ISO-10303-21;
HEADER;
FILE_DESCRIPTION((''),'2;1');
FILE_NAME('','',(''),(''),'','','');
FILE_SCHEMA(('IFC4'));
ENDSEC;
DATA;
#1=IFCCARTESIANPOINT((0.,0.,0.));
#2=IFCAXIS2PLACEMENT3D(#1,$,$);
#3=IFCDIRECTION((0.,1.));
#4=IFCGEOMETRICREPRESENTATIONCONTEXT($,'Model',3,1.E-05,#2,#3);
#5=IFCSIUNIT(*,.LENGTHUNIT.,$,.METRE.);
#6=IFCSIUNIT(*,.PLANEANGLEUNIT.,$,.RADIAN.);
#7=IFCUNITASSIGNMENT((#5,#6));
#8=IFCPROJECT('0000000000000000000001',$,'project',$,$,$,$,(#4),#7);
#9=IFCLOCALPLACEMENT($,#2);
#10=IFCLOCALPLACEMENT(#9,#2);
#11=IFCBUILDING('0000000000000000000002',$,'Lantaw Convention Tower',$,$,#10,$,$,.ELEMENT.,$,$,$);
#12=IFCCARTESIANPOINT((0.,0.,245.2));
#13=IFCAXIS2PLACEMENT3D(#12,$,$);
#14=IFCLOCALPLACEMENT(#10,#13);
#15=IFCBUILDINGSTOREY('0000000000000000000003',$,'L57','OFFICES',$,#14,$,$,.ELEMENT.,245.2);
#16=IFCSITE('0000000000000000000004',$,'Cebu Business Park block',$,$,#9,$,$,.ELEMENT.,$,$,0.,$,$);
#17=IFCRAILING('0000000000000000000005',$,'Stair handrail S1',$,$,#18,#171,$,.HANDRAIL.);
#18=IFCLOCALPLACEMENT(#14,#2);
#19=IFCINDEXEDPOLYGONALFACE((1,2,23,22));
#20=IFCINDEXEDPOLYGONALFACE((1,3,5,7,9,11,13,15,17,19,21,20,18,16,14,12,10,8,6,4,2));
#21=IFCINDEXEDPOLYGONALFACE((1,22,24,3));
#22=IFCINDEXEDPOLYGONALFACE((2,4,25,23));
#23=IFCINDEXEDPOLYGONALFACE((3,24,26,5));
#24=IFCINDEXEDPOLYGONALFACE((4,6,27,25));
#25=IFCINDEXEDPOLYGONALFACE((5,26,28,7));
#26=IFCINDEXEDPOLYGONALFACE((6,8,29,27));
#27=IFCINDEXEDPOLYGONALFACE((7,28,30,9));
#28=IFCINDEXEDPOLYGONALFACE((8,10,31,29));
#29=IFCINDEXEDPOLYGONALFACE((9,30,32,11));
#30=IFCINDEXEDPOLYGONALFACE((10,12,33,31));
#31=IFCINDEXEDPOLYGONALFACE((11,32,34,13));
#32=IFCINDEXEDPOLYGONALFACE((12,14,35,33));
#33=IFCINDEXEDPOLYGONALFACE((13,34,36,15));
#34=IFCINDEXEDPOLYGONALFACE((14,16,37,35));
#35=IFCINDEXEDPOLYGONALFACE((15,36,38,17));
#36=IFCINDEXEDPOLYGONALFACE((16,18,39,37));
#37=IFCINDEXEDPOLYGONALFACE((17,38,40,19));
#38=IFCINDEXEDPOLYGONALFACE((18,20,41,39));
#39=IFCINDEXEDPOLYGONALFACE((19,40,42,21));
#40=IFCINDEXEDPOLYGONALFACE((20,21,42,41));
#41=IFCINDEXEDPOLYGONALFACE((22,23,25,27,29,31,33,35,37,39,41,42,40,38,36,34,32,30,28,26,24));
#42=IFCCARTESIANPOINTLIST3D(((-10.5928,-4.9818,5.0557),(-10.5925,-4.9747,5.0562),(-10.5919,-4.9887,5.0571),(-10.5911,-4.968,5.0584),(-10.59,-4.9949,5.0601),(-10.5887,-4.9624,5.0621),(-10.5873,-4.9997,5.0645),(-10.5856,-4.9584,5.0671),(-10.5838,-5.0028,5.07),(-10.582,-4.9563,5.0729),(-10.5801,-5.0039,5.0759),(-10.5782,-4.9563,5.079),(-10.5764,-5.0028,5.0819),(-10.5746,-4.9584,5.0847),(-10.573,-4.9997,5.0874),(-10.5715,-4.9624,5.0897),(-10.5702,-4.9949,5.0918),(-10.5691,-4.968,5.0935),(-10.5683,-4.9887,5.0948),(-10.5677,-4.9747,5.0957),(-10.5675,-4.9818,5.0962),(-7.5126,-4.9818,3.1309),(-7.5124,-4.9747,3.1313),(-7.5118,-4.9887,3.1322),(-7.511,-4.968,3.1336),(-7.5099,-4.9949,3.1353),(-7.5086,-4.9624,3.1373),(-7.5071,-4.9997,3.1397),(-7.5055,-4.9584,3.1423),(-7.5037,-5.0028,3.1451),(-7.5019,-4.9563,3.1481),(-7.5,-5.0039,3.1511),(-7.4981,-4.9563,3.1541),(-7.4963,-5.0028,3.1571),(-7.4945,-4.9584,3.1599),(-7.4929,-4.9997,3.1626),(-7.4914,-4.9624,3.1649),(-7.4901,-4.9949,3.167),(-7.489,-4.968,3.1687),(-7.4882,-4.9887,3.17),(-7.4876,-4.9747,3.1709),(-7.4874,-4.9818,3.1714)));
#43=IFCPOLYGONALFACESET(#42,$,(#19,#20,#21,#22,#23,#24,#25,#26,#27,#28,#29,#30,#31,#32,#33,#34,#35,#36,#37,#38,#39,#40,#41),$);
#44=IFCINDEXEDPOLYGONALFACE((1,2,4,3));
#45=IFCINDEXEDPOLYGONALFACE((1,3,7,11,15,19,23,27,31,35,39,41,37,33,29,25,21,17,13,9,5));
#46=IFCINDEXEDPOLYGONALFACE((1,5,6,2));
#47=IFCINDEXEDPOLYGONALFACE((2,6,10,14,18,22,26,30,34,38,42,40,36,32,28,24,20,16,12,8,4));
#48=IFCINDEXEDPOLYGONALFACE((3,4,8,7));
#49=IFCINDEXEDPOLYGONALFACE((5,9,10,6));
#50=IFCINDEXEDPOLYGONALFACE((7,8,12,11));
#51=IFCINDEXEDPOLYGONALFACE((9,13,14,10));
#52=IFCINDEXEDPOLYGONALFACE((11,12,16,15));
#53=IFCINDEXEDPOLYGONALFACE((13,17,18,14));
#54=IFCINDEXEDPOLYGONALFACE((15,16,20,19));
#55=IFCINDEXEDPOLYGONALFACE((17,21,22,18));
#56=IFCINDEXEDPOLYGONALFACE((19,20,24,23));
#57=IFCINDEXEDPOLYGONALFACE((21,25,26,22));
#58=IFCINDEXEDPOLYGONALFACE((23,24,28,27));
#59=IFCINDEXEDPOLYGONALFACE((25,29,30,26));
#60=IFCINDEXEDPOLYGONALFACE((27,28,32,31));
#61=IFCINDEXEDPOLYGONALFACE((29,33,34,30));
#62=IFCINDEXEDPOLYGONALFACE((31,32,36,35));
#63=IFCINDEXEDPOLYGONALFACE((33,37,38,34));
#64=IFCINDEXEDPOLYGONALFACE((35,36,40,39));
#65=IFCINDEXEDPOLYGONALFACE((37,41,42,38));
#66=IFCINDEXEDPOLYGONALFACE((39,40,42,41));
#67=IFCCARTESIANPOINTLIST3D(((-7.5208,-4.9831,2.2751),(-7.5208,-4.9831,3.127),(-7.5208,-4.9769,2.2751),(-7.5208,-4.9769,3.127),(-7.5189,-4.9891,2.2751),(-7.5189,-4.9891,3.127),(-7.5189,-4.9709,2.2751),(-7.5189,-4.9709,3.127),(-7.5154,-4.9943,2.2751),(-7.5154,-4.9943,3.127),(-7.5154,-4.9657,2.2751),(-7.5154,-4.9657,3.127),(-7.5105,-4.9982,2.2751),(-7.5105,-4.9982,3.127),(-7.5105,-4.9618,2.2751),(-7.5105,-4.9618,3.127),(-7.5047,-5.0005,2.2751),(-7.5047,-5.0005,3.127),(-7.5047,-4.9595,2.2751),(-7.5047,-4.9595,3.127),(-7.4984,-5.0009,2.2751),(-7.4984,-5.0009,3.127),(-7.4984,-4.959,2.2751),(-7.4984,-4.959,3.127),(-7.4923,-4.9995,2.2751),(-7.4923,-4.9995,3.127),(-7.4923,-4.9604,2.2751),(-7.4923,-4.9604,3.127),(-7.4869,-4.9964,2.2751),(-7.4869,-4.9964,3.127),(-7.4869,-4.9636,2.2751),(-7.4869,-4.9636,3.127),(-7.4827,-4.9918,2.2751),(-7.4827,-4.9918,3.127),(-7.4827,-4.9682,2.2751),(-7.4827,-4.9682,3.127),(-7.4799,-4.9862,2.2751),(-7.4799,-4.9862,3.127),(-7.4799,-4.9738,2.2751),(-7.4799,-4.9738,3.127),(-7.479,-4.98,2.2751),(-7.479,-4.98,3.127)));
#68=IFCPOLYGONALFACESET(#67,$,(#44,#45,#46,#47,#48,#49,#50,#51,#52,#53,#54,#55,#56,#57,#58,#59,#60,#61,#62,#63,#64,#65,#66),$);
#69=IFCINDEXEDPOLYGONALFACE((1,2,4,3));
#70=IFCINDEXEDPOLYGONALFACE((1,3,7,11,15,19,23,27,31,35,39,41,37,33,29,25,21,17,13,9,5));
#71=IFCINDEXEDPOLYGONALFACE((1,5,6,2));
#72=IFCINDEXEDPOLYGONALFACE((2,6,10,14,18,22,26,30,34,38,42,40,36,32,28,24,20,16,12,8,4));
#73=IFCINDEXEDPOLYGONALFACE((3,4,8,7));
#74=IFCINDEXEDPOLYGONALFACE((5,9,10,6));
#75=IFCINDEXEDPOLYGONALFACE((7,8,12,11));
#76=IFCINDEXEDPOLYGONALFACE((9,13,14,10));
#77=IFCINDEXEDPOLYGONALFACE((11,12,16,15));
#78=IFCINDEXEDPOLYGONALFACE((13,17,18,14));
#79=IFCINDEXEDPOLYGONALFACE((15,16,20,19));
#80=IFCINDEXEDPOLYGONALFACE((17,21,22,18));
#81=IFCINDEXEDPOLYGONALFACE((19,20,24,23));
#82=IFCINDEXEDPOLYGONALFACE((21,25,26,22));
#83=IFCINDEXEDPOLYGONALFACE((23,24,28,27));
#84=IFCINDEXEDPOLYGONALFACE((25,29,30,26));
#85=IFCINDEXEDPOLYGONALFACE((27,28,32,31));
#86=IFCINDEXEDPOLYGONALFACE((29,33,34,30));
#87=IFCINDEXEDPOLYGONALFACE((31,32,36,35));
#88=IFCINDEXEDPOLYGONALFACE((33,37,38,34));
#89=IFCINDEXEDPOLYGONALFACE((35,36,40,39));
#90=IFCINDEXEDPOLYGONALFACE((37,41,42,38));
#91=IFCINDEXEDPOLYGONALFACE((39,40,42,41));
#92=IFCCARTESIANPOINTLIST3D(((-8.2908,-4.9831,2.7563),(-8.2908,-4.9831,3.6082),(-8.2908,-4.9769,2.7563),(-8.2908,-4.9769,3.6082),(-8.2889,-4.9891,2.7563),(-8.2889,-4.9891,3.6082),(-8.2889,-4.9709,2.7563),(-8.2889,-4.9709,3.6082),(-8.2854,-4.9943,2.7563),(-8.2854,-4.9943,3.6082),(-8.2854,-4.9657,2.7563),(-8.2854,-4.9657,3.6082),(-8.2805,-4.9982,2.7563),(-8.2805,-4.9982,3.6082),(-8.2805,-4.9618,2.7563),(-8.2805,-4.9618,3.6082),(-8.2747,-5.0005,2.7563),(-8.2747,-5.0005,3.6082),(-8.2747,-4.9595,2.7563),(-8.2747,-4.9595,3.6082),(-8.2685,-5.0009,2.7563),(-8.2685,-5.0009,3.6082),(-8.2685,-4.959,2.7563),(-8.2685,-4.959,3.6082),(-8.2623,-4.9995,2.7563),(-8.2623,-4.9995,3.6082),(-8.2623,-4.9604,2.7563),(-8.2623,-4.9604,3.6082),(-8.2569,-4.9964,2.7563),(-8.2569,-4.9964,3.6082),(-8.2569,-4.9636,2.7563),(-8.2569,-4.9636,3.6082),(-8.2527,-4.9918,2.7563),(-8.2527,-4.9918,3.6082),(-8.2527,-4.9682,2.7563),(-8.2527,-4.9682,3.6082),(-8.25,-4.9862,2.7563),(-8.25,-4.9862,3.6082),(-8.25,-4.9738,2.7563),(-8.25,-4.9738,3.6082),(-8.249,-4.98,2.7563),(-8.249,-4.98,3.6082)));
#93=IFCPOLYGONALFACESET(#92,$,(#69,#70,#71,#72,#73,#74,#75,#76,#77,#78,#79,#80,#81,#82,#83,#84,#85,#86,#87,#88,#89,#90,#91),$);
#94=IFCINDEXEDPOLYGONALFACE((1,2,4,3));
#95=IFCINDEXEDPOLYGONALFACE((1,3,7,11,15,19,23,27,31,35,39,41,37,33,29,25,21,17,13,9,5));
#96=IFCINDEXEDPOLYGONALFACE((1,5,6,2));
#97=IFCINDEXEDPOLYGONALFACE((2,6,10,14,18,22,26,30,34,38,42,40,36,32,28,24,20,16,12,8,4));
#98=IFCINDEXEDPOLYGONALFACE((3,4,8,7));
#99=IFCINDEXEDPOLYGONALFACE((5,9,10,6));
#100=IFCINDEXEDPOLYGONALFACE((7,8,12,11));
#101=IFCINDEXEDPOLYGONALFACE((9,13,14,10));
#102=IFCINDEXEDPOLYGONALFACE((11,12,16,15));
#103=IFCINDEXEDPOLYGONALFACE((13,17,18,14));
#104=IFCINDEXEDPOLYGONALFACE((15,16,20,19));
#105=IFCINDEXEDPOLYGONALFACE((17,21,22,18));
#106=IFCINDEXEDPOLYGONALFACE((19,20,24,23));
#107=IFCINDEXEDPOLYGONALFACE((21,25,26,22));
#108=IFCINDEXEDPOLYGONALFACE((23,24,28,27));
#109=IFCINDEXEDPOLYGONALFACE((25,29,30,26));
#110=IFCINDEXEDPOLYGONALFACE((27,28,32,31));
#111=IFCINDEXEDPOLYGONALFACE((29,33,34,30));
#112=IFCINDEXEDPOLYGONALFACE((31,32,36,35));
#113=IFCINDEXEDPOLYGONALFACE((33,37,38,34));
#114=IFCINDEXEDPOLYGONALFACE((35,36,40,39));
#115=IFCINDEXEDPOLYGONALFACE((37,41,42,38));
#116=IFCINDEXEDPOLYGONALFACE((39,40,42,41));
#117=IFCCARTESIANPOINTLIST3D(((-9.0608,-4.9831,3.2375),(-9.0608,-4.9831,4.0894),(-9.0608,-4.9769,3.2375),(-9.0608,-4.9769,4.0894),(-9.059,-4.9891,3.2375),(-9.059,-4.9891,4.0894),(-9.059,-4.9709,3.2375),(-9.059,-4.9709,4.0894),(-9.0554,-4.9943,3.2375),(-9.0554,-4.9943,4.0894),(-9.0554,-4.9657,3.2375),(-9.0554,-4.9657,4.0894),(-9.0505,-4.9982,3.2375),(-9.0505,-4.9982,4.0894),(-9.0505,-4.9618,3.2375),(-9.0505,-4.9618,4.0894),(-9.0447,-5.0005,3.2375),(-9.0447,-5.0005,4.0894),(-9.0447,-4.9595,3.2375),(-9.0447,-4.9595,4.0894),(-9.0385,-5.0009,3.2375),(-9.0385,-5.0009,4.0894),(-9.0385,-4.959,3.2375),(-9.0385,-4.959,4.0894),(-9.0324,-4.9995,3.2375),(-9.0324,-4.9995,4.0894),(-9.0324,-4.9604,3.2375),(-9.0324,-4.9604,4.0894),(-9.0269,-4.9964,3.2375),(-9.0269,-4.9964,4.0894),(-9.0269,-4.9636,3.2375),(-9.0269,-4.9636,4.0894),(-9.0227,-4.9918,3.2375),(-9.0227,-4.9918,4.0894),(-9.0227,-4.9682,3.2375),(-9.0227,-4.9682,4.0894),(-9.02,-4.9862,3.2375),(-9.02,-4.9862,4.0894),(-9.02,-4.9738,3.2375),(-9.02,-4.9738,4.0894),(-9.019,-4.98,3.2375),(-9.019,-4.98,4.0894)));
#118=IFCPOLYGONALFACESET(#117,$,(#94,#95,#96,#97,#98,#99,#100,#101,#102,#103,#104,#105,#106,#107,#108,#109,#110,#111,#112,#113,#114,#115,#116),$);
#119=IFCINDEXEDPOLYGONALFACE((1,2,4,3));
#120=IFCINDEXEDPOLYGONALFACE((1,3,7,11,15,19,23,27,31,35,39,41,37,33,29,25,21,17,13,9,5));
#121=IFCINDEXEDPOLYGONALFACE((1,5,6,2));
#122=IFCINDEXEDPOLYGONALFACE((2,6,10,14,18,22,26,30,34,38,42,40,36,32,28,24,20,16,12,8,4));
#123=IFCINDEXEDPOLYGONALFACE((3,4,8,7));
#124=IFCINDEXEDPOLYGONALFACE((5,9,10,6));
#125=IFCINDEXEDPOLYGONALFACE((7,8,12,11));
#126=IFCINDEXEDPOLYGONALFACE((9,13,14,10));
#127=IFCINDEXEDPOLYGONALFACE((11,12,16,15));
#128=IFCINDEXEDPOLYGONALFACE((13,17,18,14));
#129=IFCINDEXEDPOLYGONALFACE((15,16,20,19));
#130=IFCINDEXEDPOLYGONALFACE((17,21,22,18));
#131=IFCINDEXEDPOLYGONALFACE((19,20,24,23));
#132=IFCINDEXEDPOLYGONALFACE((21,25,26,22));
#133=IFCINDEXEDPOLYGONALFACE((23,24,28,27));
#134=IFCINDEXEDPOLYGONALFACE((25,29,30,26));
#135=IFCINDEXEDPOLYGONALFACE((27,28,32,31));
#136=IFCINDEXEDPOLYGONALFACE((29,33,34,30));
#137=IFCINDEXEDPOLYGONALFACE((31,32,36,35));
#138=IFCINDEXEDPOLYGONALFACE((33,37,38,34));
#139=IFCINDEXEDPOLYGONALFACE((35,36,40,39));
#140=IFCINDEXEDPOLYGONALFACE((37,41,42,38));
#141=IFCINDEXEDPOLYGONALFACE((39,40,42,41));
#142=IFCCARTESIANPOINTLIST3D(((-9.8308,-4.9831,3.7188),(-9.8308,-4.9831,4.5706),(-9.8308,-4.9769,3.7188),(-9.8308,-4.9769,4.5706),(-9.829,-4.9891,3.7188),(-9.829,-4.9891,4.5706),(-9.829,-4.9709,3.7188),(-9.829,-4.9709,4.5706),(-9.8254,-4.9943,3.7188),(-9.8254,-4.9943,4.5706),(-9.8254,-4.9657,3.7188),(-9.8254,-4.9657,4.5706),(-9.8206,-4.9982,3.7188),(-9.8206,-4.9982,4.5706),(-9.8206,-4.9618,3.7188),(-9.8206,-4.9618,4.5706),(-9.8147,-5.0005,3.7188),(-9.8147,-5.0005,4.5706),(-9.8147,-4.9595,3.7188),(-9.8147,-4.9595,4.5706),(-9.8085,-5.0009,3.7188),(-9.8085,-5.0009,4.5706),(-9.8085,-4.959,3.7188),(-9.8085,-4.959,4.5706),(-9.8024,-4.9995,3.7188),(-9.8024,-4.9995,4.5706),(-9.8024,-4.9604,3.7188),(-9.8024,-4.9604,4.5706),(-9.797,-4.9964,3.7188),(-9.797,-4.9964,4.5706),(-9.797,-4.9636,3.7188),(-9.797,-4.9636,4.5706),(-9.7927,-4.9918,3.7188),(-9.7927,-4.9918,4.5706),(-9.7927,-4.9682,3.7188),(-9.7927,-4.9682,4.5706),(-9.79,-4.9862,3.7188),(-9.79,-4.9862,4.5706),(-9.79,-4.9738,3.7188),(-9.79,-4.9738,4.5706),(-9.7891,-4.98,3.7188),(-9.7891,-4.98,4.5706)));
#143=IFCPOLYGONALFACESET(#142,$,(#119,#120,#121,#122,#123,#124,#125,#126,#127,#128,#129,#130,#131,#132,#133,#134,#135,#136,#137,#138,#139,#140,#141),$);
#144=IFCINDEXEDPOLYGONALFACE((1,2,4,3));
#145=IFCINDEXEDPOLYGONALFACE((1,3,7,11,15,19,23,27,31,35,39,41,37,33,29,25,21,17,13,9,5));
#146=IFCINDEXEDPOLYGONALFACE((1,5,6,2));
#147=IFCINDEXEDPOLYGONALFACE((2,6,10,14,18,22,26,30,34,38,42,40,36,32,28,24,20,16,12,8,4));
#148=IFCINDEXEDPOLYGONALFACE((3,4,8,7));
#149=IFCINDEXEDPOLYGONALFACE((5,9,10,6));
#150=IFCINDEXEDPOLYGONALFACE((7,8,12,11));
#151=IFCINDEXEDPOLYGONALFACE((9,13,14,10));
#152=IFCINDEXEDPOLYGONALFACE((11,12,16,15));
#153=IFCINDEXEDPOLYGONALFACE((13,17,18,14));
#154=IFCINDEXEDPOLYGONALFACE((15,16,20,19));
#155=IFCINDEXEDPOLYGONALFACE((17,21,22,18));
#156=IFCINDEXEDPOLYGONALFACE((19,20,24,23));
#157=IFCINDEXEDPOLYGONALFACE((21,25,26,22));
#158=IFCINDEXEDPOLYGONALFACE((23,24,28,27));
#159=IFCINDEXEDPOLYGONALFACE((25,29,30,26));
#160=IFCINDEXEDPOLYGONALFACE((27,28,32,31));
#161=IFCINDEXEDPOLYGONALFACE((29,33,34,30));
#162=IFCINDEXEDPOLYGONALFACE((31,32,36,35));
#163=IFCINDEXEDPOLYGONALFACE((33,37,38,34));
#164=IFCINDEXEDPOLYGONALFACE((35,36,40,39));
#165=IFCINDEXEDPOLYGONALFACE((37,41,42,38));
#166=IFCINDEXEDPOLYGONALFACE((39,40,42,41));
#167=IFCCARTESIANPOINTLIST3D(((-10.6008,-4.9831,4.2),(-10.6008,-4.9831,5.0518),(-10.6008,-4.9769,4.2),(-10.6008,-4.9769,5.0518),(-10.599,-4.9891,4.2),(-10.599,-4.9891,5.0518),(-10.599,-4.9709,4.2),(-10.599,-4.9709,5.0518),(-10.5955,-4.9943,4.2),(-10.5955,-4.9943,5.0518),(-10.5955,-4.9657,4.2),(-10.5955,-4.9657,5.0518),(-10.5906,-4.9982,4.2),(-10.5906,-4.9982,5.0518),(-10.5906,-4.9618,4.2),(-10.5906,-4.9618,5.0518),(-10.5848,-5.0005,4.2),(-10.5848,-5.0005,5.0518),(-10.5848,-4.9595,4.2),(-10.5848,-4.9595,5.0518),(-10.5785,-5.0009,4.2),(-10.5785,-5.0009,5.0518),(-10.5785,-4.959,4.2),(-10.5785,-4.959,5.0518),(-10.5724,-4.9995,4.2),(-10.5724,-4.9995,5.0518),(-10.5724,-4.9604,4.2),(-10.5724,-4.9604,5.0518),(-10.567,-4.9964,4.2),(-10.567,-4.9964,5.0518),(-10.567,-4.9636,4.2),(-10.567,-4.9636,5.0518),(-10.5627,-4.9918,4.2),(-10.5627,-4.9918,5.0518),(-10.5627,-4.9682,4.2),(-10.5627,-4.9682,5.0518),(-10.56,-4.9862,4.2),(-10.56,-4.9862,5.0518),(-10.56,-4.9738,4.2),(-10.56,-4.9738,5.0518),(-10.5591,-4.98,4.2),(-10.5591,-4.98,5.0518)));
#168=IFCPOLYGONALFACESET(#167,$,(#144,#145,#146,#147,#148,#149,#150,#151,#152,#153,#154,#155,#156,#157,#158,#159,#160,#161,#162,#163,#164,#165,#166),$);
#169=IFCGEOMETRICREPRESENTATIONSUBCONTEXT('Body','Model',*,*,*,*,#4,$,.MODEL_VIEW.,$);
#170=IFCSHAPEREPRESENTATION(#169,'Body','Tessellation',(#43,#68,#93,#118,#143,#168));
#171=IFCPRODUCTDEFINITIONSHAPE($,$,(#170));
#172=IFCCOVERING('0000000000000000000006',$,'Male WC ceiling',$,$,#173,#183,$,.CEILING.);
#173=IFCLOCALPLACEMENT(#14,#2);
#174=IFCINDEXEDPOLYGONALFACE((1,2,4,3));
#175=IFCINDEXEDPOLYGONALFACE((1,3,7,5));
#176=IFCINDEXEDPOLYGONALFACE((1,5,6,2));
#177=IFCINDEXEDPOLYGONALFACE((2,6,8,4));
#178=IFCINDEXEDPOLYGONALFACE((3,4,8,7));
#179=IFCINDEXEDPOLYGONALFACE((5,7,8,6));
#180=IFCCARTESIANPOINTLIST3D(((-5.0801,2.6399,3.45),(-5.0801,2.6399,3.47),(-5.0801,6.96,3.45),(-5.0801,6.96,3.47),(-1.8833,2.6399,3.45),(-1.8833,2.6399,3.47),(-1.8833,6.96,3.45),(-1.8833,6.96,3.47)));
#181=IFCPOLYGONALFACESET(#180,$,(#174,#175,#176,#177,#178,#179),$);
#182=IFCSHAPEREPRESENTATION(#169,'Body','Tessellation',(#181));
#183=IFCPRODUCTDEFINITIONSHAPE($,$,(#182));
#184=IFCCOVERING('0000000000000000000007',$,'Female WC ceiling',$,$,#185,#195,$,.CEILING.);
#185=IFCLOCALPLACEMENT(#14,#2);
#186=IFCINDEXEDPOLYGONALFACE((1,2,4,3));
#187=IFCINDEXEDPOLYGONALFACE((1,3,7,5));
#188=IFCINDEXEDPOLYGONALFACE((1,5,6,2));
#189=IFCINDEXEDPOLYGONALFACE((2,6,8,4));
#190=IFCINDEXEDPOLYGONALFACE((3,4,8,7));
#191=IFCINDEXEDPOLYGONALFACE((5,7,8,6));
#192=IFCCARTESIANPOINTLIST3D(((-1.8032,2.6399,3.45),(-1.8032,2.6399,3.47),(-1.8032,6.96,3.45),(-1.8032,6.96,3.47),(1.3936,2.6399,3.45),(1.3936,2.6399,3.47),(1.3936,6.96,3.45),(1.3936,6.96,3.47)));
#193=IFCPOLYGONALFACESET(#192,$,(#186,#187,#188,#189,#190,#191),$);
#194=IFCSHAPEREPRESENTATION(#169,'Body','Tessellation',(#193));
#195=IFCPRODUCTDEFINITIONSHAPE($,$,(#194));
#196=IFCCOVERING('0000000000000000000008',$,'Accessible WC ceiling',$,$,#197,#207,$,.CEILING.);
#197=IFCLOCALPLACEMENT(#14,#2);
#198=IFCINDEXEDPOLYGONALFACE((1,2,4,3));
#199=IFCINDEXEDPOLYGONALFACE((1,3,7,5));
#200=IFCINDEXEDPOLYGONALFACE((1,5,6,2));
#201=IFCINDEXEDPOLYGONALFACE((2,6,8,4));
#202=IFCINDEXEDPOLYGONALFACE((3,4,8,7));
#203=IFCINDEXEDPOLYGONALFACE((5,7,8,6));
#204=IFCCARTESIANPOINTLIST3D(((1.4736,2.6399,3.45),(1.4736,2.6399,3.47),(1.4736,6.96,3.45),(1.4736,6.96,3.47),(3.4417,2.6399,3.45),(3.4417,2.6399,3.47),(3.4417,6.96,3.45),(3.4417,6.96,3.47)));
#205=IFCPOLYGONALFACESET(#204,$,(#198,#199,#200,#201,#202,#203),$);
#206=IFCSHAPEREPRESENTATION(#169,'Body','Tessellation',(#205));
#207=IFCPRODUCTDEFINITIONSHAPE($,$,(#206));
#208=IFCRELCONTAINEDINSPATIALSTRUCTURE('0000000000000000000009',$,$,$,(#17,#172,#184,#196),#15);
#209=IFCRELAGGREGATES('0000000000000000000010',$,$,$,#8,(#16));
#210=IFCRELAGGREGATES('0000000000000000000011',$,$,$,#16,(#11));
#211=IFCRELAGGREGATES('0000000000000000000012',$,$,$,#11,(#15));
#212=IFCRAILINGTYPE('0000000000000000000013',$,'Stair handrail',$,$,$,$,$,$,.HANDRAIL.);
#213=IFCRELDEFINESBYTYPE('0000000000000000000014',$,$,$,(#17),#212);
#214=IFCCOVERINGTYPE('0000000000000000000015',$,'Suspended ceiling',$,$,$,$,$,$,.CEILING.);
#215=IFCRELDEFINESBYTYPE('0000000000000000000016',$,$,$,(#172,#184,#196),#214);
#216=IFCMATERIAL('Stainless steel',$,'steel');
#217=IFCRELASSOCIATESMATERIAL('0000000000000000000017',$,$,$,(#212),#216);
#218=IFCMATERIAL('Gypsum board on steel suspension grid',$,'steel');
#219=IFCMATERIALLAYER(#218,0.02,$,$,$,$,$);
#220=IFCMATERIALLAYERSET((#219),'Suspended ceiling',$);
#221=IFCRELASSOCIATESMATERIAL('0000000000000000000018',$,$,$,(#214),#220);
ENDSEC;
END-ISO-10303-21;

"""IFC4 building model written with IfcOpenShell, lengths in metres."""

from ifc_helpers import new_model, si_unit, direction, frame, origin, origin_2d, place, context, subcontext, project, spatial, polyline, circle, outline, extrude, material, layer, layer_set, type_object, element, save


model = new_model("IFC4")

# Units and contexts
model_context = context("Model", 3, precision=1e-05, world=origin(), true_north=direction((0.0, 1.0)))
body_context = subcontext(model_context, "Body", "Model", "MODEL_VIEW")
ifc_project = project(units=[si_unit("LENGTHUNIT", "METRE"), si_unit("PLANEANGLEUNIT", "RADIAN")], contexts=[model_context])

# Site, building, storey
site_placement = place(None, origin())
site = spatial("IfcSite", under=ifc_project, at=site_placement, Name="Cebu Business Park block", CompositionType="ELEMENT", RefElevation=0.0)
building_placement = place(site_placement, origin())
building = spatial("IfcBuilding", under=site, at=building_placement, Name="Lantaw Convention Tower", CompositionType="ELEMENT")
storey_placement = place(building_placement, frame((0.0, 0.0, 245.2)))
storey = spatial("IfcBuildingStorey", under=building, at=storey_placement, Name="L57", Description="OFFICES", CompositionType="ELEMENT", Elevation=245.2)

# Shared definitions
ifc_material_1 = material(Name="Stainless steel", Category="steel")

# Railing
railing_type = type_object("IfcRailingType", Name="Stair handrail", PredefinedType="HANDRAIL", material=ifc_material_1)
railing_1_placement = place(storey_placement, frame((-7.5, -4.98, 2.2751)))
element("IfcRailing", 1, at=railing_1_placement, inside=storey, type_object=railing_type, Name="Stair handrail S1", PredefinedType="HANDRAIL", context=body_context, shape_type="SweptSolid", body=[
    extrude(circle(Radius=0.0239, at=origin_2d()), frame((0.0, 0.0, 0.876), z_axis=(-0.848029, 0.0, 0.529951), x_axis=(0.0, -1.0, 0.0)), (0.0, 0.0, 1.0), 3.6321),
    extrude(circle(Radius=0.021, at=origin_2d()), origin(), (0.0, 0.0, 1.0), 0.8518),
    extrude(circle(Radius=0.021, at=origin_2d()), frame((-0.77, 0.0, 0.4812)), (0.0, 0.0, 1.0), 0.8518),
    extrude(circle(Radius=0.021, at=origin_2d()), frame((-1.54, 0.0, 0.9624)), (0.0, 0.0, 1.0), 0.8518),
    extrude(circle(Radius=0.021, at=origin_2d()), frame((-2.3101, 0.0, 1.4436)), (0.0, 0.0, 1.0), 0.8518),
    extrude(circle(Radius=0.021, at=origin_2d()), frame((-3.0801, 0.0, 1.9248)), (0.0, 0.0, 1.0), 0.8518),
])

# Coverings
ifc_material_2 = material(Name="Gypsum board on steel suspension grid", Category="steel")
ifc_layer_1 = layer(ifc_material_2, 0.02)
ifc_layer_set_1 = layer_set([ifc_layer_1], Name="Suspended ceiling")
covering_type = type_object("IfcCoveringType", Name="Suspended ceiling", PredefinedType="CEILING", material=ifc_layer_set_1)
covering_1_placement = place(storey_placement, frame((0.0, 0.0, 3.45)))
element("IfcCovering", 2, at=covering_1_placement, inside=storey, type_object=covering_type, Name="Male WC ceiling", PredefinedType="CEILING", context=body_context, shape_type="SweptSolid", body=[
    extrude(outline(polyline([(-5.0801, 2.6399), (-1.8833, 2.6399), (-1.8833, 6.96), (-5.0801, 6.96), (-5.0801, 2.6399)])), origin(), (0.0, 0.0, 1.0), 0.02),
])
covering_2_placement = place(storey_placement, frame((0.0, 0.0, 3.45)))
element("IfcCovering", 3, at=covering_2_placement, inside=storey, type_object=covering_type, Name="Female WC ceiling", PredefinedType="CEILING", context=body_context, shape_type="SweptSolid", body=[
    extrude(outline(polyline([(-1.8032, 2.6399), (1.3936, 2.6399), (1.3936, 6.96), (-1.8032, 6.96), (-1.8032, 2.6399)])), origin(), (0.0, 0.0, 1.0), 0.02),
])
covering_3_placement = place(storey_placement, frame((0.0, 0.0, 3.45)))
element("IfcCovering", 4, at=covering_3_placement, inside=storey, type_object=covering_type, Name="Accessible WC ceiling", PredefinedType="CEILING", context=body_context, shape_type="SweptSolid", body=[
    extrude(outline(polyline([(1.4736, 2.6399), (3.4417, 2.6399), (3.4417, 6.96), (1.4736, 6.96), (1.4736, 2.6399)])), origin(), (0.0, 0.0, 1.0), 0.02),
])

save(model, "model.ifc")
